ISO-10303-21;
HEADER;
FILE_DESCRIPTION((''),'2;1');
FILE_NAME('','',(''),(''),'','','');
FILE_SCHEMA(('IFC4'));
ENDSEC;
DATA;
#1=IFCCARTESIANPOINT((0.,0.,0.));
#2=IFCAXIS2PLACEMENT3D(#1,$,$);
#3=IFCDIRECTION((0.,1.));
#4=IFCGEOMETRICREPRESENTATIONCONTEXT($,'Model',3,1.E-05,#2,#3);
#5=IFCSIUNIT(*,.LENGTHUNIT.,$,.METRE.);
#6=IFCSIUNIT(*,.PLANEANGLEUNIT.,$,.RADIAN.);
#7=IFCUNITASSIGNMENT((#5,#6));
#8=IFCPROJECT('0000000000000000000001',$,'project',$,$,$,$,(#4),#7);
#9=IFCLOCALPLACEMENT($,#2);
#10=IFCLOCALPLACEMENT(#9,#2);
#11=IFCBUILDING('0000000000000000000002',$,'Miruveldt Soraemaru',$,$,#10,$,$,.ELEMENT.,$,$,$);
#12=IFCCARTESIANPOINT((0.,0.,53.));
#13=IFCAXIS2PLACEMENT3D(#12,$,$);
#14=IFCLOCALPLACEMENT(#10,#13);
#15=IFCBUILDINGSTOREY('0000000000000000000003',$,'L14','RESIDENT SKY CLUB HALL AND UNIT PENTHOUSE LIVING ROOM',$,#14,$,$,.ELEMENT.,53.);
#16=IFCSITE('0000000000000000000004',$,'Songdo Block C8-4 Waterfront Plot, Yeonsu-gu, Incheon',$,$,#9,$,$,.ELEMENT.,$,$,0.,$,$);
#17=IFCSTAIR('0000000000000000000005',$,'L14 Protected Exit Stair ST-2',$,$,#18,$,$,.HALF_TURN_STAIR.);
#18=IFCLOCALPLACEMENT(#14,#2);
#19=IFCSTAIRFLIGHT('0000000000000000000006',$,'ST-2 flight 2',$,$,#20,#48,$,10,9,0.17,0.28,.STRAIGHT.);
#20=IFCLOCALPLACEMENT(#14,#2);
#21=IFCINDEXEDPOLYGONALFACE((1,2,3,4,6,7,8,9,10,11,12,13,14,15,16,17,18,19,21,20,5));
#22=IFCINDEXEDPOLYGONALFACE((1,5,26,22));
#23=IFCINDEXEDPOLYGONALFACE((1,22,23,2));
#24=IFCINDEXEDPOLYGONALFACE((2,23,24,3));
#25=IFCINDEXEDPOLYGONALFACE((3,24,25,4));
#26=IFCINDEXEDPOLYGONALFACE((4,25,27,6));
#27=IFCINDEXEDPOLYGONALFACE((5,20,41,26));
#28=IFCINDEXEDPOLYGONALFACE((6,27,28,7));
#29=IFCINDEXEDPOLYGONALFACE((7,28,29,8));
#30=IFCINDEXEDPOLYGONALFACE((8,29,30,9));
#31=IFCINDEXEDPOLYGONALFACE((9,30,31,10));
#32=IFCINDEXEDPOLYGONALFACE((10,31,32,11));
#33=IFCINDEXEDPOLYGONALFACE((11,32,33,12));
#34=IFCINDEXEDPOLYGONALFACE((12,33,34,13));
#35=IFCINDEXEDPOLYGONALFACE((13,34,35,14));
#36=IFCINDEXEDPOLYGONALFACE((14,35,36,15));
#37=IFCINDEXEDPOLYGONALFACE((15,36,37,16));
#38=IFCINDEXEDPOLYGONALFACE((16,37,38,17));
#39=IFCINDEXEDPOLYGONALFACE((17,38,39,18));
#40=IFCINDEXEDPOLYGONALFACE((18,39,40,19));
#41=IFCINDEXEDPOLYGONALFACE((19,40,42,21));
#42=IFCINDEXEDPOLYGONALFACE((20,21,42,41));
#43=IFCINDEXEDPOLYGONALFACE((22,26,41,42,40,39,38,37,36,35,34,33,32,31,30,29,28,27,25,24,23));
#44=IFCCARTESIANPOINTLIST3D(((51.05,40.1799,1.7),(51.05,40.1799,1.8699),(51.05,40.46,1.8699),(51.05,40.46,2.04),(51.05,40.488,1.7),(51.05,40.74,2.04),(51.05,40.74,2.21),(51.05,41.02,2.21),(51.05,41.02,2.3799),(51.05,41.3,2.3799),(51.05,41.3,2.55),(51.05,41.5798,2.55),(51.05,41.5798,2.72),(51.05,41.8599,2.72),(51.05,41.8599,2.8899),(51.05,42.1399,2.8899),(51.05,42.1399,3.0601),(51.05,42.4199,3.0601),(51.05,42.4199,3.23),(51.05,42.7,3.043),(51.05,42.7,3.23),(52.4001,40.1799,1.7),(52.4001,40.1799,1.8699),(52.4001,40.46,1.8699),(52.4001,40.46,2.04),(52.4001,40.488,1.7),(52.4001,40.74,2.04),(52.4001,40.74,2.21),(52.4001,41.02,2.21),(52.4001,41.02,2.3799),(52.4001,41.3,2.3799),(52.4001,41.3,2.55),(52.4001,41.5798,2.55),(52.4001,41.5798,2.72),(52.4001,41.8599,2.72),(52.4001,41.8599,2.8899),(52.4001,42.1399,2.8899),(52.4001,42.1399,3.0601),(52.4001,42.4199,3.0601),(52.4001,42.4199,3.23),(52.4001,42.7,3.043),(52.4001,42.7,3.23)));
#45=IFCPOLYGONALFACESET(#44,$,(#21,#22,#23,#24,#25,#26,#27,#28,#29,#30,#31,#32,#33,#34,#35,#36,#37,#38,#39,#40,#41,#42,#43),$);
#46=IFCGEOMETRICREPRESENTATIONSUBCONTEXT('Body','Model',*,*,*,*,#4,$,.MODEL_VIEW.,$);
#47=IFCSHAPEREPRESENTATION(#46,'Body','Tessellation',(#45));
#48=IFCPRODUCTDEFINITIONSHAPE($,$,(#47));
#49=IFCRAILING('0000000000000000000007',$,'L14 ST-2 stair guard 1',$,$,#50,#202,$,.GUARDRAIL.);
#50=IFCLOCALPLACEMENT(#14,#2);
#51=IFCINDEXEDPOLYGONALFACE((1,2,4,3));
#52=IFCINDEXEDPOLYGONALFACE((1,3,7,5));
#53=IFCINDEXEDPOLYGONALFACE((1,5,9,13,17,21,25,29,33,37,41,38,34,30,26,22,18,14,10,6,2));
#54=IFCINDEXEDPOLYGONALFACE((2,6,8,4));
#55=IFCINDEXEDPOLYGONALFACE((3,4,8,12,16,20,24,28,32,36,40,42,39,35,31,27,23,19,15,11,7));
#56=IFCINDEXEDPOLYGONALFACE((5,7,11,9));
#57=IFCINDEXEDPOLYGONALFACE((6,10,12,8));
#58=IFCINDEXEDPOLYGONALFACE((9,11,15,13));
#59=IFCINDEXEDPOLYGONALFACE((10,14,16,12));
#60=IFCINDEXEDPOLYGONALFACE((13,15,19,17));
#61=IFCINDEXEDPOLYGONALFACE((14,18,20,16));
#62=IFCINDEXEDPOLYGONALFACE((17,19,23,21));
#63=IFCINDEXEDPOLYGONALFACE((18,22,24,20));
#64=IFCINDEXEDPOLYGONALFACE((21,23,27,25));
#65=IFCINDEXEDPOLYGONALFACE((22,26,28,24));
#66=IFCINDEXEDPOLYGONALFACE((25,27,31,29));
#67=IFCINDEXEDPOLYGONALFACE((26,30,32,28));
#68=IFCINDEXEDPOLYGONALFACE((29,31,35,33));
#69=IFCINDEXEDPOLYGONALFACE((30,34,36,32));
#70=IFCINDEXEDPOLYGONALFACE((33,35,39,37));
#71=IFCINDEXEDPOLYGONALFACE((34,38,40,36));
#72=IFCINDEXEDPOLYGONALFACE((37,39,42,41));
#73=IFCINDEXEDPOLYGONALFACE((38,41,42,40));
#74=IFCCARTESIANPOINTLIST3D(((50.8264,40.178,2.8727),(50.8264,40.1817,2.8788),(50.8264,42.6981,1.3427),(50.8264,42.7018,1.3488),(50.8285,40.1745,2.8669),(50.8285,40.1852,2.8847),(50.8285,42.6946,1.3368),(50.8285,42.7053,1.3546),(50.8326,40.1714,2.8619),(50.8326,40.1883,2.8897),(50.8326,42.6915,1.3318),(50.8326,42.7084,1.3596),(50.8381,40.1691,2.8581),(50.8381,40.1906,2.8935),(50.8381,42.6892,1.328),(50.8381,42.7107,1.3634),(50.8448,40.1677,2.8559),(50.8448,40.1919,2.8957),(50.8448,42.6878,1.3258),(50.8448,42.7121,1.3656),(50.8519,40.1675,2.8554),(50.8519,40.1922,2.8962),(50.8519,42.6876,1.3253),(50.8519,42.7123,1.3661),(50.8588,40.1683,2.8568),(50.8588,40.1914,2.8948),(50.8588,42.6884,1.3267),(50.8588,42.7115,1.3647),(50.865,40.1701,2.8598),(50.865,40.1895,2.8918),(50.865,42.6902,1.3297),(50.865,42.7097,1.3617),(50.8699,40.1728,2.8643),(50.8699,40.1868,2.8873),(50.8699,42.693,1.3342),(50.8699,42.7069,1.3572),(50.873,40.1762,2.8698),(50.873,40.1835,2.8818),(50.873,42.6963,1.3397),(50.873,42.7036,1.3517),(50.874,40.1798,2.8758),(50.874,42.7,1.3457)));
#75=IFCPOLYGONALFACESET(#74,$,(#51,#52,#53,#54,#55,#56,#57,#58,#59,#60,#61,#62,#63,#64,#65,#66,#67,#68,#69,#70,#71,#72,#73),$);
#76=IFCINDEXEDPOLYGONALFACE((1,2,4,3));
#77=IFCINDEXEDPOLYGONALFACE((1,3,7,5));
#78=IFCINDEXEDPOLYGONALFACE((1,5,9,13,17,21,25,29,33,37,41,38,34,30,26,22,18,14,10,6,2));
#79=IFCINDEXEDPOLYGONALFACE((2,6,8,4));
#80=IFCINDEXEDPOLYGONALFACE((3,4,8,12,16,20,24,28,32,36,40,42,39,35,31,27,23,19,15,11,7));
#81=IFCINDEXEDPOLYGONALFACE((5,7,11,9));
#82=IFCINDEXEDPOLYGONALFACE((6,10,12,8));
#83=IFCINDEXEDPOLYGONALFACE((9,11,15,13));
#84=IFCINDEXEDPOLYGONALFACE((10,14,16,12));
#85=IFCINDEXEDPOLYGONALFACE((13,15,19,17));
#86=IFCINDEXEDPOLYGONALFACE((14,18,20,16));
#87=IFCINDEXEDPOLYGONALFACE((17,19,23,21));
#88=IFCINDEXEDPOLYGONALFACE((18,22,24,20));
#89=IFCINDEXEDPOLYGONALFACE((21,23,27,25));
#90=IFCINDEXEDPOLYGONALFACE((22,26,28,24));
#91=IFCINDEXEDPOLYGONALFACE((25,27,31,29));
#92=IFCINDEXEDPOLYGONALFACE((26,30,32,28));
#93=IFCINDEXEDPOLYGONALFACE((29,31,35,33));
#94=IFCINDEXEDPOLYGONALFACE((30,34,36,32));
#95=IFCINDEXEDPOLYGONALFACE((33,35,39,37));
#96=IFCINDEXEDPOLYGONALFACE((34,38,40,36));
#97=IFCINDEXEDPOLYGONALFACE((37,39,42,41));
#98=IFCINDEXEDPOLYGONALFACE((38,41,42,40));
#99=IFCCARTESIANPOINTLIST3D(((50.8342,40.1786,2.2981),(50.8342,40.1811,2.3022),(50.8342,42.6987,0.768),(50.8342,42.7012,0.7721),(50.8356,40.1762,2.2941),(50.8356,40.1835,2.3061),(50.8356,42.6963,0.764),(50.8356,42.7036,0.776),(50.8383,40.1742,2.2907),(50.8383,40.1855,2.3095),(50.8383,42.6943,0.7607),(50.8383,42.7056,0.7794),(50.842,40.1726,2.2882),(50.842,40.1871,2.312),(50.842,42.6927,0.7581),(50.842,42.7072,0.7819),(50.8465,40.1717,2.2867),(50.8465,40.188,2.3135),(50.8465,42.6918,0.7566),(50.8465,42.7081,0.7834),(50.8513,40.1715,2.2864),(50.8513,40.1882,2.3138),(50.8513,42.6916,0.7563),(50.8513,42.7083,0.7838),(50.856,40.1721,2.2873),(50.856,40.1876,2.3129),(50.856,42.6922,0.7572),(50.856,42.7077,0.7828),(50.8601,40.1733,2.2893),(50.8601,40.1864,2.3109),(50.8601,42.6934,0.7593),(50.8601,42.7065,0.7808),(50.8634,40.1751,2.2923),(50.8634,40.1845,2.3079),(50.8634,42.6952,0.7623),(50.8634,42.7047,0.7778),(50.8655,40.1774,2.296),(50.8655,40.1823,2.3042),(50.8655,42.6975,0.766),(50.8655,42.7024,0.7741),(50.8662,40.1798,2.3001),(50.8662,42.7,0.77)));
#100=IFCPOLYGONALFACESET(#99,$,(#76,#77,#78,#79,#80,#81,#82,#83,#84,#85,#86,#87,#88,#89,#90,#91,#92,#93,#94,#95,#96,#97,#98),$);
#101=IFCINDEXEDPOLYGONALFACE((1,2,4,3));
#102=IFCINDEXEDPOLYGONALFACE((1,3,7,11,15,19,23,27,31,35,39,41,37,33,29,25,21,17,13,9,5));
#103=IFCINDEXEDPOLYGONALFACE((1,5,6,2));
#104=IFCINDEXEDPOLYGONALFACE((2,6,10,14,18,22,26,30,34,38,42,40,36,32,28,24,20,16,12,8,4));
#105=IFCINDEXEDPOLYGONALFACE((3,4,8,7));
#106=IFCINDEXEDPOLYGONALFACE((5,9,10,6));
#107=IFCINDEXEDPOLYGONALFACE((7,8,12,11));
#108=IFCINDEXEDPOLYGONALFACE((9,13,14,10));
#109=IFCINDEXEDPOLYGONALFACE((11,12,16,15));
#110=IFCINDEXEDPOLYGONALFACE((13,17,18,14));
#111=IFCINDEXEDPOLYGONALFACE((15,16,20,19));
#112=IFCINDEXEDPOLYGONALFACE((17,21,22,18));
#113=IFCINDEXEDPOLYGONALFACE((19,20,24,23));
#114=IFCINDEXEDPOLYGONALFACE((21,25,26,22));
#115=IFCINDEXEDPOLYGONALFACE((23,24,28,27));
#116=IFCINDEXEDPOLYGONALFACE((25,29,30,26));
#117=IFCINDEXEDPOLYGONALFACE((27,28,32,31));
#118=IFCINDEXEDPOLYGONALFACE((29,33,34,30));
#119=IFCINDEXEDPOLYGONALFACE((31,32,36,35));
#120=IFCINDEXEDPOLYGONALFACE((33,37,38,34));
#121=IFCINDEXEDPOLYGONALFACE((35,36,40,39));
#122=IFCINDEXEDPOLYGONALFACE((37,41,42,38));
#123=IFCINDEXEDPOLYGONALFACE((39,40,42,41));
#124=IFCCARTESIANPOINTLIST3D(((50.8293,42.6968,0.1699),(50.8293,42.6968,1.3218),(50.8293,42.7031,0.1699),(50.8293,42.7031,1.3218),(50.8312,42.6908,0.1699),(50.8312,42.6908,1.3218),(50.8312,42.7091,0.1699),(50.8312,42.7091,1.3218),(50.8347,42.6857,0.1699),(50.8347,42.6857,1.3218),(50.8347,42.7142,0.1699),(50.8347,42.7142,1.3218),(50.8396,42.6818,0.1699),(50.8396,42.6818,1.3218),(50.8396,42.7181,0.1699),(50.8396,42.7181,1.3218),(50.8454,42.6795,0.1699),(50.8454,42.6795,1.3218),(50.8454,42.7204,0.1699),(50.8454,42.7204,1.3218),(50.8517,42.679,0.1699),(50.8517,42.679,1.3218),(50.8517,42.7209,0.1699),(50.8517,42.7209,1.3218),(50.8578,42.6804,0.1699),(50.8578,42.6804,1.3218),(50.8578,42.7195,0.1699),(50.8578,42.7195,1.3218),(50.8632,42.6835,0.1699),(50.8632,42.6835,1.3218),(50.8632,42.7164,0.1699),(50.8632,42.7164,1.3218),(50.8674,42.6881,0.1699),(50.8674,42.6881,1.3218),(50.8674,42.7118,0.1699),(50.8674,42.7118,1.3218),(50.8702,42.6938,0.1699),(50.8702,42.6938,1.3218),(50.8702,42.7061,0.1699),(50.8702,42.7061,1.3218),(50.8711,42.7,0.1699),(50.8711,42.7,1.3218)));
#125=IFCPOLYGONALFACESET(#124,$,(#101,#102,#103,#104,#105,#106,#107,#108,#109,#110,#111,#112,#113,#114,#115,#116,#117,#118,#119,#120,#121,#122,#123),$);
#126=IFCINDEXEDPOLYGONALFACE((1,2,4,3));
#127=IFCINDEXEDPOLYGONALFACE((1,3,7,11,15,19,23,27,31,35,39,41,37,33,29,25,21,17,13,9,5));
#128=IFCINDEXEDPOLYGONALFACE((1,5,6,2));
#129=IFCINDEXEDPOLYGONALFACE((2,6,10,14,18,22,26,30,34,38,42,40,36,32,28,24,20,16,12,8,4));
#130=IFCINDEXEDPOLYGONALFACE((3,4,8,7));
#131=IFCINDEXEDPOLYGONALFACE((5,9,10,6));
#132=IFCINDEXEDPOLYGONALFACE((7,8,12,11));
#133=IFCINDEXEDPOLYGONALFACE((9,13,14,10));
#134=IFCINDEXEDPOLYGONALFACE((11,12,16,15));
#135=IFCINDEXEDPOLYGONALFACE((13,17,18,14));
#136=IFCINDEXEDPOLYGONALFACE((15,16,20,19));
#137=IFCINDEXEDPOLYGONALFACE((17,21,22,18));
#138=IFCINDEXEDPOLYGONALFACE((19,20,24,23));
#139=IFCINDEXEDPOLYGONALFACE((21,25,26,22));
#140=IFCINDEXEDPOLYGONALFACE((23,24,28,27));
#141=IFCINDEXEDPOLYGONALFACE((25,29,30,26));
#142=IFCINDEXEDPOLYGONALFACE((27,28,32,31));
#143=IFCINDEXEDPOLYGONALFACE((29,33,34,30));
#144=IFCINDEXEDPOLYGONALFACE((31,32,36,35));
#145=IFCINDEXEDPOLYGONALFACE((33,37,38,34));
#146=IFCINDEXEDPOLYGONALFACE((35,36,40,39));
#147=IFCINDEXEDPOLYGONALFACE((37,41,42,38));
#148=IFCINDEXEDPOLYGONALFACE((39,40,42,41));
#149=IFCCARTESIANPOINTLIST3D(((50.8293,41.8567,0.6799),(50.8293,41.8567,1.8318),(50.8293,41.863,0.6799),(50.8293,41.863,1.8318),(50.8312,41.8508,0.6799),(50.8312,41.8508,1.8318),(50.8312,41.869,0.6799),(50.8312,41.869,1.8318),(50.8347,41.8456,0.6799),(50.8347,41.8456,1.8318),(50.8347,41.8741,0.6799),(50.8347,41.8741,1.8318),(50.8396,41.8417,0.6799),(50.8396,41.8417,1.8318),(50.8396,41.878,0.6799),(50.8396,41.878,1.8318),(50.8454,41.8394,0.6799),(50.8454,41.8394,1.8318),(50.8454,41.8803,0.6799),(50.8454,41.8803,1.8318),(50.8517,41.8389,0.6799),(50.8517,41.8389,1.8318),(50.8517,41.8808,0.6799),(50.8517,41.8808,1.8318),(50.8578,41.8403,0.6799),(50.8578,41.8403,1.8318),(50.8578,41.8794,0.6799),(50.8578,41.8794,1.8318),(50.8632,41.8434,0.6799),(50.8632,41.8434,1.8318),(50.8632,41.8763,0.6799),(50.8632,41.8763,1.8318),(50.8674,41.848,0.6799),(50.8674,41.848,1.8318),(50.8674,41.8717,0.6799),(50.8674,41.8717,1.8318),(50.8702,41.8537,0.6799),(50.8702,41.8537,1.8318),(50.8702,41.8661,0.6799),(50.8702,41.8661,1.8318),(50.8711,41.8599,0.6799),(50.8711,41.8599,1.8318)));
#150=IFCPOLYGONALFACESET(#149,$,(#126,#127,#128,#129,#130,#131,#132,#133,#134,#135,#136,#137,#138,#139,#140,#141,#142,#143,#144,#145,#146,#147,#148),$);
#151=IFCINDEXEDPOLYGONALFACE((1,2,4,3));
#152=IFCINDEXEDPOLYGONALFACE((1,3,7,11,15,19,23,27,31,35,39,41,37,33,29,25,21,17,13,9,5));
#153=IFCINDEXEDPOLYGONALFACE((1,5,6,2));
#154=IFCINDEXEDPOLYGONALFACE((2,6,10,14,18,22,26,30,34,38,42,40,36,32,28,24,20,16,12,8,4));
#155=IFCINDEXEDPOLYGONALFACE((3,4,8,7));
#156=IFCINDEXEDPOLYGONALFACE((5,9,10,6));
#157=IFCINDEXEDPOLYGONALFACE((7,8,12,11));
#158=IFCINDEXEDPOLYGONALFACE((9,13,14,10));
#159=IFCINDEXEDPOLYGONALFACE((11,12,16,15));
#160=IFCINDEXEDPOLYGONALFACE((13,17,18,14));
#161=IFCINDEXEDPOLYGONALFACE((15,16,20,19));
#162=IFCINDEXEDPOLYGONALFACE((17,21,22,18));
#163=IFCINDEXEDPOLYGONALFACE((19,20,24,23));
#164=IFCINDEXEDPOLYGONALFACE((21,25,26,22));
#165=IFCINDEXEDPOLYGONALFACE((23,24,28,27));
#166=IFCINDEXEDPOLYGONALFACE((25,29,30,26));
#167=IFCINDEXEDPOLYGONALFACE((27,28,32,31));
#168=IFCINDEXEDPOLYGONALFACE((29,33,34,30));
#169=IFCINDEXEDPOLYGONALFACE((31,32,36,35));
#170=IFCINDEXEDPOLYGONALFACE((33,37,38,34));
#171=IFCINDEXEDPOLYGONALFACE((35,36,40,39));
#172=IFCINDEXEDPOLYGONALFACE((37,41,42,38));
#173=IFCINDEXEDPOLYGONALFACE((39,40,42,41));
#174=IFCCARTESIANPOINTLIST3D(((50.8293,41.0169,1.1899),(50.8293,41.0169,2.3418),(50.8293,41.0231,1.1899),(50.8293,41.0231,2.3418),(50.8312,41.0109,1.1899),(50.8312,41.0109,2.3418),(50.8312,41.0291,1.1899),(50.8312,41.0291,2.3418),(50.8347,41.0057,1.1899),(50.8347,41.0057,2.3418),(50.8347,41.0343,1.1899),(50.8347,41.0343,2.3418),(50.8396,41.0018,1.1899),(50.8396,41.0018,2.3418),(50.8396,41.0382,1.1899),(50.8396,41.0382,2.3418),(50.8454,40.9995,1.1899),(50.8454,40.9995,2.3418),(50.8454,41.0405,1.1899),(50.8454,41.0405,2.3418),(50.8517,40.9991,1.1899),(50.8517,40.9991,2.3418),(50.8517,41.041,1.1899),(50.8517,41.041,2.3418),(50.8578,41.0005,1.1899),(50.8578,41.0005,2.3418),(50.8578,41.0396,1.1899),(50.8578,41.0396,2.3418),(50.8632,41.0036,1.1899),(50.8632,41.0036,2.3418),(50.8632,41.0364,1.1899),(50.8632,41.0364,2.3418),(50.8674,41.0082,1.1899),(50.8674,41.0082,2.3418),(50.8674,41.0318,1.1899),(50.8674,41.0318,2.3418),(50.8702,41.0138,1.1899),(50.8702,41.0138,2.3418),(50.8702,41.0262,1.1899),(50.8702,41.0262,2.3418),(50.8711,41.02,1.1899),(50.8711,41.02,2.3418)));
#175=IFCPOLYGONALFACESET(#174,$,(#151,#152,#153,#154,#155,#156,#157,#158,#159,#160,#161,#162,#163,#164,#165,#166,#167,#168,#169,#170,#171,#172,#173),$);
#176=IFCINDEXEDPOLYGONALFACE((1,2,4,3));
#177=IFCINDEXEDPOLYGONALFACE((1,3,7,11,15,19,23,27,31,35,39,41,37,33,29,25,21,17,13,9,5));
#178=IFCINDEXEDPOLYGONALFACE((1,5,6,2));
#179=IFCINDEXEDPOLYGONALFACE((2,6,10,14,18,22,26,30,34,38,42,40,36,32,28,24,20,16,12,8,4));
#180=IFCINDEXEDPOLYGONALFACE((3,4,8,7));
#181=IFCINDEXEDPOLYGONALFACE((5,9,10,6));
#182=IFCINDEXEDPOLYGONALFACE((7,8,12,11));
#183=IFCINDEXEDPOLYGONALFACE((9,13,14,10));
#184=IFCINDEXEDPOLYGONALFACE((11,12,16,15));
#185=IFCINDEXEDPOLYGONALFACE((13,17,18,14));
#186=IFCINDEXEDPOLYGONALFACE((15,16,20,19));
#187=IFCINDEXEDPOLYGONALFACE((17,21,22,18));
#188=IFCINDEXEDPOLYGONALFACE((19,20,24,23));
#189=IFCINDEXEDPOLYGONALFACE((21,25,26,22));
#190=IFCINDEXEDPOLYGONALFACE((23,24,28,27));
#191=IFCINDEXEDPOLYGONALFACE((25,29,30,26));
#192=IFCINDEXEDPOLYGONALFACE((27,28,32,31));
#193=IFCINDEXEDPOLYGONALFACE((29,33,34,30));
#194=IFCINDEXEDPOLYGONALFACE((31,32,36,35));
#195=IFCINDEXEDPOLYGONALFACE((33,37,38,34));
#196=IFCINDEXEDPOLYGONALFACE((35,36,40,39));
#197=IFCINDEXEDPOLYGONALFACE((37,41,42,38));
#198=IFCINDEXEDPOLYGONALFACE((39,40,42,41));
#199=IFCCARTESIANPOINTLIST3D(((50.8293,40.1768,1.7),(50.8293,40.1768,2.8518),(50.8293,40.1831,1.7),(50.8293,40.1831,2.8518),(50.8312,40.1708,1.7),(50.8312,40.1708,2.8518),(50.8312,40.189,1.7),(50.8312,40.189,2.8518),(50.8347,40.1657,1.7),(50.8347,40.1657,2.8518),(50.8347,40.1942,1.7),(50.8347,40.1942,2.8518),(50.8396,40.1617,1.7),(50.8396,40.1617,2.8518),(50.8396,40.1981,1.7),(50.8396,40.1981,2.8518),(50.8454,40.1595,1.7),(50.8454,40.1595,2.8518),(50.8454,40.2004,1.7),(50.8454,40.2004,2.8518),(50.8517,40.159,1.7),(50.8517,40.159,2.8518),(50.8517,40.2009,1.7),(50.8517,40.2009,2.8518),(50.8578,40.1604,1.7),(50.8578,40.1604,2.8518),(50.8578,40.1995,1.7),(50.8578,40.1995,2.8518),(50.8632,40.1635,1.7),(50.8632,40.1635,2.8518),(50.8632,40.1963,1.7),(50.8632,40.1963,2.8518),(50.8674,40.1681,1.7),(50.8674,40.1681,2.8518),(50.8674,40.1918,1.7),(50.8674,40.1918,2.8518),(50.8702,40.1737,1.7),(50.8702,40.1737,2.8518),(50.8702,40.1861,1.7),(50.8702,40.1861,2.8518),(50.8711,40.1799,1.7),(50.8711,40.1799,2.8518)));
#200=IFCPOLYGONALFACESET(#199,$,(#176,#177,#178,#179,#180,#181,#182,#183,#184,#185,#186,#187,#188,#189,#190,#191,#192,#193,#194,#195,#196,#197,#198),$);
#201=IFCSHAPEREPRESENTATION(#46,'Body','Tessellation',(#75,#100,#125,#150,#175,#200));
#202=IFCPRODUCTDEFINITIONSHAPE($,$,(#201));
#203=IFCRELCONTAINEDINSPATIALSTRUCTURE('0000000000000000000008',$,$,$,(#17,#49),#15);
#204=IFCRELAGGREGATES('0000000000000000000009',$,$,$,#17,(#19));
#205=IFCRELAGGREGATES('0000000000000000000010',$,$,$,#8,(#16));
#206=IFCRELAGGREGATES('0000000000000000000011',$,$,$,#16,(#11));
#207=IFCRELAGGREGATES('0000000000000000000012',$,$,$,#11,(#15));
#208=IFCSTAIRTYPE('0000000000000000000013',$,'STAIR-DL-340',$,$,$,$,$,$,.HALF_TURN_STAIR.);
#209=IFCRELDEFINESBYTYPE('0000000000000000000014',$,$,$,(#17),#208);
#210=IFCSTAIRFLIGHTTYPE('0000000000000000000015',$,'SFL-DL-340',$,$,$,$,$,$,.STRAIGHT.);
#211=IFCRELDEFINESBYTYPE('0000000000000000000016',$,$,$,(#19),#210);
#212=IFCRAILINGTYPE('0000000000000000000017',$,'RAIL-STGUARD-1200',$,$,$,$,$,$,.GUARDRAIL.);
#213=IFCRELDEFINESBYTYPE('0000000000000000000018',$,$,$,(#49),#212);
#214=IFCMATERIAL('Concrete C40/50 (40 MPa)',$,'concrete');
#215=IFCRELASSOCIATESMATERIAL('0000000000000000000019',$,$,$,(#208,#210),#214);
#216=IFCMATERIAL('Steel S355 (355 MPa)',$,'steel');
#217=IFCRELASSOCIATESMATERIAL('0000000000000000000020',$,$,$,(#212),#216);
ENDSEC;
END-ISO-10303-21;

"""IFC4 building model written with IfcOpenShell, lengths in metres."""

from ifc_helpers import new_model, si_unit, direction, frame, origin, origin_2d, place, context, subcontext, project, spatial, polyline, circle, outline, extrude, material, type_object, element, aggregate, save


model = new_model("IFC4")

# Units and contexts
model_context = context("Model", 3, precision=1e-05, world=origin(), true_north=direction((0.0, 1.0)))
body_context = subcontext(model_context, "Body", "Model", "MODEL_VIEW")
ifc_project = project(units=[si_unit("LENGTHUNIT", "METRE"), si_unit("PLANEANGLEUNIT", "RADIAN")], contexts=[model_context])

# Site, building, storey
site_placement = place(None, origin())
site = spatial("IfcSite", under=ifc_project, at=site_placement, Name="Songdo Block C8-4 Waterfront Plot, Yeonsu-gu, Incheon", CompositionType="ELEMENT", RefElevation=0.0)
building_placement = place(site_placement, origin())
building = spatial("IfcBuilding", under=site, at=building_placement, Name="Miruveldt Soraemaru", CompositionType="ELEMENT")
storey_placement = place(building_placement, frame((0.0, 0.0, 53.0)))
storey = spatial("IfcBuildingStorey", under=building, at=storey_placement, Name="L14", Description="RESIDENT SKY CLUB HALL AND UNIT PENTHOUSE LIVING ROOM", CompositionType="ELEMENT", Elevation=53.0)

# Shared definitions
ifc_material_1 = material(Name="Concrete C40/50 (40 MPa)", Category="concrete")

# Stair, stair flight
stair_type = type_object("IfcStairType", Name="STAIR-DL-340", PredefinedType="HALF_TURN_STAIR", material=ifc_material_1)
stair_placement = place(storey_placement, origin())
stair = element("IfcStair", 1, at=stair_placement, inside=storey, type_object=stair_type, Name="L14 Protected Exit Stair ST-2", PredefinedType="HALF_TURN_STAIR")
stair_flight_type = type_object("IfcStairFlightType", Name="SFL-DL-340", PredefinedType="STRAIGHT", material=ifc_material_1)
stair_flight_1_placement = place(storey_placement, frame((51.7251, 40.1799, 1.7), z_axis=(0.0, 0.0, 1.0), x_axis=(0.0, 1.0, 0.0)))
stair_flight_1 = element("IfcStairFlight", 2, at=stair_flight_1_placement, type_object=stair_flight_type, Name="ST-2 flight 2", NumberOfRisers=10, NumberOfTreads=9, PredefinedType="STRAIGHT", RiserHeight=0.17, TreadLength=0.28, context=body_context, shape_type="SweptSolid", body=[
    extrude(outline(polyline([(0.0, 0.0), (0.0, 0.1699), (0.28, 0.1699), (0.28, 0.3401), (0.5601, 0.3401), (0.5601, 0.51), (0.8401, 0.51), (0.8401, 0.6799), (1.1201, 0.6799), (1.1201, 0.8501), (1.3999, 0.8501), (1.3999, 1.02), (1.6799, 1.02), (1.6799, 1.1899), (1.96, 1.1899), (1.96, 1.3601), (2.24, 1.3601), (2.24, 1.53), (2.52, 1.53), (2.52, 1.7), (2.52, 1.343), (0.3081, 0.0), (0.0, 0.0)])), frame((0.0, 0.675, 0.0), z_axis=(0.0, -1.0, 0.0), x_axis=(1.0, 0.0, 0.0)), (0.0, 0.0, 1.0), 1.3501),
])
aggregate(stair, [stair_flight_1])

# Railing
ifc_material_2 = material(Name="Steel S355 (355 MPa)", Category="steel")
railing_type_1 = type_object("IfcRailingType", Name="RAIL-STGUARD-1200", PredefinedType="GUARDRAIL", material=ifc_material_2)
railing_1_placement = place(storey_placement, frame((50.8501, 42.7, 0.1699)))
element("IfcRailing", 3, at=railing_1_placement, inside=storey, type_object=railing_type_1, Name="L14 ST-2 stair guard 1", PredefinedType="GUARDRAIL", context=body_context, shape_type="SweptSolid", body=[
    extrude(circle(Radius=0.0239, at=origin_2d()), frame((0.0, 0.0, 1.1758), z_axis=(0.0, -0.854785, 0.518982), x_axis=(1.0, 0.0, 0.0)), (0.0, 0.0, 1.0), 2.9482),
    extrude(circle(Radius=0.0161, at=origin_2d()), frame((0.0, 0.0, 0.6001), z_axis=(0.0, -0.854785, 0.518982), x_axis=(1.0, 0.0, 0.0)), (0.0, 0.0, 1.0), 2.9482),
    extrude(circle(Radius=0.021, at=origin_2d()), origin(), (0.0, 0.0, 1.0), 1.1519),
    extrude(circle(Radius=0.021, at=origin_2d()), frame((0.0, -0.8401, 0.51)), (0.0, 0.0, 1.0), 1.1519),
    extrude(circle(Radius=0.021, at=origin_2d()), frame((0.0, -1.6799, 1.02)), (0.0, 0.0, 1.0), 1.1519),
    extrude(circle(Radius=0.021, at=origin_2d()), frame((0.0, -2.52, 1.53)), (0.0, 0.0, 1.0), 1.1519),
])

save(model, "model.ifc")
